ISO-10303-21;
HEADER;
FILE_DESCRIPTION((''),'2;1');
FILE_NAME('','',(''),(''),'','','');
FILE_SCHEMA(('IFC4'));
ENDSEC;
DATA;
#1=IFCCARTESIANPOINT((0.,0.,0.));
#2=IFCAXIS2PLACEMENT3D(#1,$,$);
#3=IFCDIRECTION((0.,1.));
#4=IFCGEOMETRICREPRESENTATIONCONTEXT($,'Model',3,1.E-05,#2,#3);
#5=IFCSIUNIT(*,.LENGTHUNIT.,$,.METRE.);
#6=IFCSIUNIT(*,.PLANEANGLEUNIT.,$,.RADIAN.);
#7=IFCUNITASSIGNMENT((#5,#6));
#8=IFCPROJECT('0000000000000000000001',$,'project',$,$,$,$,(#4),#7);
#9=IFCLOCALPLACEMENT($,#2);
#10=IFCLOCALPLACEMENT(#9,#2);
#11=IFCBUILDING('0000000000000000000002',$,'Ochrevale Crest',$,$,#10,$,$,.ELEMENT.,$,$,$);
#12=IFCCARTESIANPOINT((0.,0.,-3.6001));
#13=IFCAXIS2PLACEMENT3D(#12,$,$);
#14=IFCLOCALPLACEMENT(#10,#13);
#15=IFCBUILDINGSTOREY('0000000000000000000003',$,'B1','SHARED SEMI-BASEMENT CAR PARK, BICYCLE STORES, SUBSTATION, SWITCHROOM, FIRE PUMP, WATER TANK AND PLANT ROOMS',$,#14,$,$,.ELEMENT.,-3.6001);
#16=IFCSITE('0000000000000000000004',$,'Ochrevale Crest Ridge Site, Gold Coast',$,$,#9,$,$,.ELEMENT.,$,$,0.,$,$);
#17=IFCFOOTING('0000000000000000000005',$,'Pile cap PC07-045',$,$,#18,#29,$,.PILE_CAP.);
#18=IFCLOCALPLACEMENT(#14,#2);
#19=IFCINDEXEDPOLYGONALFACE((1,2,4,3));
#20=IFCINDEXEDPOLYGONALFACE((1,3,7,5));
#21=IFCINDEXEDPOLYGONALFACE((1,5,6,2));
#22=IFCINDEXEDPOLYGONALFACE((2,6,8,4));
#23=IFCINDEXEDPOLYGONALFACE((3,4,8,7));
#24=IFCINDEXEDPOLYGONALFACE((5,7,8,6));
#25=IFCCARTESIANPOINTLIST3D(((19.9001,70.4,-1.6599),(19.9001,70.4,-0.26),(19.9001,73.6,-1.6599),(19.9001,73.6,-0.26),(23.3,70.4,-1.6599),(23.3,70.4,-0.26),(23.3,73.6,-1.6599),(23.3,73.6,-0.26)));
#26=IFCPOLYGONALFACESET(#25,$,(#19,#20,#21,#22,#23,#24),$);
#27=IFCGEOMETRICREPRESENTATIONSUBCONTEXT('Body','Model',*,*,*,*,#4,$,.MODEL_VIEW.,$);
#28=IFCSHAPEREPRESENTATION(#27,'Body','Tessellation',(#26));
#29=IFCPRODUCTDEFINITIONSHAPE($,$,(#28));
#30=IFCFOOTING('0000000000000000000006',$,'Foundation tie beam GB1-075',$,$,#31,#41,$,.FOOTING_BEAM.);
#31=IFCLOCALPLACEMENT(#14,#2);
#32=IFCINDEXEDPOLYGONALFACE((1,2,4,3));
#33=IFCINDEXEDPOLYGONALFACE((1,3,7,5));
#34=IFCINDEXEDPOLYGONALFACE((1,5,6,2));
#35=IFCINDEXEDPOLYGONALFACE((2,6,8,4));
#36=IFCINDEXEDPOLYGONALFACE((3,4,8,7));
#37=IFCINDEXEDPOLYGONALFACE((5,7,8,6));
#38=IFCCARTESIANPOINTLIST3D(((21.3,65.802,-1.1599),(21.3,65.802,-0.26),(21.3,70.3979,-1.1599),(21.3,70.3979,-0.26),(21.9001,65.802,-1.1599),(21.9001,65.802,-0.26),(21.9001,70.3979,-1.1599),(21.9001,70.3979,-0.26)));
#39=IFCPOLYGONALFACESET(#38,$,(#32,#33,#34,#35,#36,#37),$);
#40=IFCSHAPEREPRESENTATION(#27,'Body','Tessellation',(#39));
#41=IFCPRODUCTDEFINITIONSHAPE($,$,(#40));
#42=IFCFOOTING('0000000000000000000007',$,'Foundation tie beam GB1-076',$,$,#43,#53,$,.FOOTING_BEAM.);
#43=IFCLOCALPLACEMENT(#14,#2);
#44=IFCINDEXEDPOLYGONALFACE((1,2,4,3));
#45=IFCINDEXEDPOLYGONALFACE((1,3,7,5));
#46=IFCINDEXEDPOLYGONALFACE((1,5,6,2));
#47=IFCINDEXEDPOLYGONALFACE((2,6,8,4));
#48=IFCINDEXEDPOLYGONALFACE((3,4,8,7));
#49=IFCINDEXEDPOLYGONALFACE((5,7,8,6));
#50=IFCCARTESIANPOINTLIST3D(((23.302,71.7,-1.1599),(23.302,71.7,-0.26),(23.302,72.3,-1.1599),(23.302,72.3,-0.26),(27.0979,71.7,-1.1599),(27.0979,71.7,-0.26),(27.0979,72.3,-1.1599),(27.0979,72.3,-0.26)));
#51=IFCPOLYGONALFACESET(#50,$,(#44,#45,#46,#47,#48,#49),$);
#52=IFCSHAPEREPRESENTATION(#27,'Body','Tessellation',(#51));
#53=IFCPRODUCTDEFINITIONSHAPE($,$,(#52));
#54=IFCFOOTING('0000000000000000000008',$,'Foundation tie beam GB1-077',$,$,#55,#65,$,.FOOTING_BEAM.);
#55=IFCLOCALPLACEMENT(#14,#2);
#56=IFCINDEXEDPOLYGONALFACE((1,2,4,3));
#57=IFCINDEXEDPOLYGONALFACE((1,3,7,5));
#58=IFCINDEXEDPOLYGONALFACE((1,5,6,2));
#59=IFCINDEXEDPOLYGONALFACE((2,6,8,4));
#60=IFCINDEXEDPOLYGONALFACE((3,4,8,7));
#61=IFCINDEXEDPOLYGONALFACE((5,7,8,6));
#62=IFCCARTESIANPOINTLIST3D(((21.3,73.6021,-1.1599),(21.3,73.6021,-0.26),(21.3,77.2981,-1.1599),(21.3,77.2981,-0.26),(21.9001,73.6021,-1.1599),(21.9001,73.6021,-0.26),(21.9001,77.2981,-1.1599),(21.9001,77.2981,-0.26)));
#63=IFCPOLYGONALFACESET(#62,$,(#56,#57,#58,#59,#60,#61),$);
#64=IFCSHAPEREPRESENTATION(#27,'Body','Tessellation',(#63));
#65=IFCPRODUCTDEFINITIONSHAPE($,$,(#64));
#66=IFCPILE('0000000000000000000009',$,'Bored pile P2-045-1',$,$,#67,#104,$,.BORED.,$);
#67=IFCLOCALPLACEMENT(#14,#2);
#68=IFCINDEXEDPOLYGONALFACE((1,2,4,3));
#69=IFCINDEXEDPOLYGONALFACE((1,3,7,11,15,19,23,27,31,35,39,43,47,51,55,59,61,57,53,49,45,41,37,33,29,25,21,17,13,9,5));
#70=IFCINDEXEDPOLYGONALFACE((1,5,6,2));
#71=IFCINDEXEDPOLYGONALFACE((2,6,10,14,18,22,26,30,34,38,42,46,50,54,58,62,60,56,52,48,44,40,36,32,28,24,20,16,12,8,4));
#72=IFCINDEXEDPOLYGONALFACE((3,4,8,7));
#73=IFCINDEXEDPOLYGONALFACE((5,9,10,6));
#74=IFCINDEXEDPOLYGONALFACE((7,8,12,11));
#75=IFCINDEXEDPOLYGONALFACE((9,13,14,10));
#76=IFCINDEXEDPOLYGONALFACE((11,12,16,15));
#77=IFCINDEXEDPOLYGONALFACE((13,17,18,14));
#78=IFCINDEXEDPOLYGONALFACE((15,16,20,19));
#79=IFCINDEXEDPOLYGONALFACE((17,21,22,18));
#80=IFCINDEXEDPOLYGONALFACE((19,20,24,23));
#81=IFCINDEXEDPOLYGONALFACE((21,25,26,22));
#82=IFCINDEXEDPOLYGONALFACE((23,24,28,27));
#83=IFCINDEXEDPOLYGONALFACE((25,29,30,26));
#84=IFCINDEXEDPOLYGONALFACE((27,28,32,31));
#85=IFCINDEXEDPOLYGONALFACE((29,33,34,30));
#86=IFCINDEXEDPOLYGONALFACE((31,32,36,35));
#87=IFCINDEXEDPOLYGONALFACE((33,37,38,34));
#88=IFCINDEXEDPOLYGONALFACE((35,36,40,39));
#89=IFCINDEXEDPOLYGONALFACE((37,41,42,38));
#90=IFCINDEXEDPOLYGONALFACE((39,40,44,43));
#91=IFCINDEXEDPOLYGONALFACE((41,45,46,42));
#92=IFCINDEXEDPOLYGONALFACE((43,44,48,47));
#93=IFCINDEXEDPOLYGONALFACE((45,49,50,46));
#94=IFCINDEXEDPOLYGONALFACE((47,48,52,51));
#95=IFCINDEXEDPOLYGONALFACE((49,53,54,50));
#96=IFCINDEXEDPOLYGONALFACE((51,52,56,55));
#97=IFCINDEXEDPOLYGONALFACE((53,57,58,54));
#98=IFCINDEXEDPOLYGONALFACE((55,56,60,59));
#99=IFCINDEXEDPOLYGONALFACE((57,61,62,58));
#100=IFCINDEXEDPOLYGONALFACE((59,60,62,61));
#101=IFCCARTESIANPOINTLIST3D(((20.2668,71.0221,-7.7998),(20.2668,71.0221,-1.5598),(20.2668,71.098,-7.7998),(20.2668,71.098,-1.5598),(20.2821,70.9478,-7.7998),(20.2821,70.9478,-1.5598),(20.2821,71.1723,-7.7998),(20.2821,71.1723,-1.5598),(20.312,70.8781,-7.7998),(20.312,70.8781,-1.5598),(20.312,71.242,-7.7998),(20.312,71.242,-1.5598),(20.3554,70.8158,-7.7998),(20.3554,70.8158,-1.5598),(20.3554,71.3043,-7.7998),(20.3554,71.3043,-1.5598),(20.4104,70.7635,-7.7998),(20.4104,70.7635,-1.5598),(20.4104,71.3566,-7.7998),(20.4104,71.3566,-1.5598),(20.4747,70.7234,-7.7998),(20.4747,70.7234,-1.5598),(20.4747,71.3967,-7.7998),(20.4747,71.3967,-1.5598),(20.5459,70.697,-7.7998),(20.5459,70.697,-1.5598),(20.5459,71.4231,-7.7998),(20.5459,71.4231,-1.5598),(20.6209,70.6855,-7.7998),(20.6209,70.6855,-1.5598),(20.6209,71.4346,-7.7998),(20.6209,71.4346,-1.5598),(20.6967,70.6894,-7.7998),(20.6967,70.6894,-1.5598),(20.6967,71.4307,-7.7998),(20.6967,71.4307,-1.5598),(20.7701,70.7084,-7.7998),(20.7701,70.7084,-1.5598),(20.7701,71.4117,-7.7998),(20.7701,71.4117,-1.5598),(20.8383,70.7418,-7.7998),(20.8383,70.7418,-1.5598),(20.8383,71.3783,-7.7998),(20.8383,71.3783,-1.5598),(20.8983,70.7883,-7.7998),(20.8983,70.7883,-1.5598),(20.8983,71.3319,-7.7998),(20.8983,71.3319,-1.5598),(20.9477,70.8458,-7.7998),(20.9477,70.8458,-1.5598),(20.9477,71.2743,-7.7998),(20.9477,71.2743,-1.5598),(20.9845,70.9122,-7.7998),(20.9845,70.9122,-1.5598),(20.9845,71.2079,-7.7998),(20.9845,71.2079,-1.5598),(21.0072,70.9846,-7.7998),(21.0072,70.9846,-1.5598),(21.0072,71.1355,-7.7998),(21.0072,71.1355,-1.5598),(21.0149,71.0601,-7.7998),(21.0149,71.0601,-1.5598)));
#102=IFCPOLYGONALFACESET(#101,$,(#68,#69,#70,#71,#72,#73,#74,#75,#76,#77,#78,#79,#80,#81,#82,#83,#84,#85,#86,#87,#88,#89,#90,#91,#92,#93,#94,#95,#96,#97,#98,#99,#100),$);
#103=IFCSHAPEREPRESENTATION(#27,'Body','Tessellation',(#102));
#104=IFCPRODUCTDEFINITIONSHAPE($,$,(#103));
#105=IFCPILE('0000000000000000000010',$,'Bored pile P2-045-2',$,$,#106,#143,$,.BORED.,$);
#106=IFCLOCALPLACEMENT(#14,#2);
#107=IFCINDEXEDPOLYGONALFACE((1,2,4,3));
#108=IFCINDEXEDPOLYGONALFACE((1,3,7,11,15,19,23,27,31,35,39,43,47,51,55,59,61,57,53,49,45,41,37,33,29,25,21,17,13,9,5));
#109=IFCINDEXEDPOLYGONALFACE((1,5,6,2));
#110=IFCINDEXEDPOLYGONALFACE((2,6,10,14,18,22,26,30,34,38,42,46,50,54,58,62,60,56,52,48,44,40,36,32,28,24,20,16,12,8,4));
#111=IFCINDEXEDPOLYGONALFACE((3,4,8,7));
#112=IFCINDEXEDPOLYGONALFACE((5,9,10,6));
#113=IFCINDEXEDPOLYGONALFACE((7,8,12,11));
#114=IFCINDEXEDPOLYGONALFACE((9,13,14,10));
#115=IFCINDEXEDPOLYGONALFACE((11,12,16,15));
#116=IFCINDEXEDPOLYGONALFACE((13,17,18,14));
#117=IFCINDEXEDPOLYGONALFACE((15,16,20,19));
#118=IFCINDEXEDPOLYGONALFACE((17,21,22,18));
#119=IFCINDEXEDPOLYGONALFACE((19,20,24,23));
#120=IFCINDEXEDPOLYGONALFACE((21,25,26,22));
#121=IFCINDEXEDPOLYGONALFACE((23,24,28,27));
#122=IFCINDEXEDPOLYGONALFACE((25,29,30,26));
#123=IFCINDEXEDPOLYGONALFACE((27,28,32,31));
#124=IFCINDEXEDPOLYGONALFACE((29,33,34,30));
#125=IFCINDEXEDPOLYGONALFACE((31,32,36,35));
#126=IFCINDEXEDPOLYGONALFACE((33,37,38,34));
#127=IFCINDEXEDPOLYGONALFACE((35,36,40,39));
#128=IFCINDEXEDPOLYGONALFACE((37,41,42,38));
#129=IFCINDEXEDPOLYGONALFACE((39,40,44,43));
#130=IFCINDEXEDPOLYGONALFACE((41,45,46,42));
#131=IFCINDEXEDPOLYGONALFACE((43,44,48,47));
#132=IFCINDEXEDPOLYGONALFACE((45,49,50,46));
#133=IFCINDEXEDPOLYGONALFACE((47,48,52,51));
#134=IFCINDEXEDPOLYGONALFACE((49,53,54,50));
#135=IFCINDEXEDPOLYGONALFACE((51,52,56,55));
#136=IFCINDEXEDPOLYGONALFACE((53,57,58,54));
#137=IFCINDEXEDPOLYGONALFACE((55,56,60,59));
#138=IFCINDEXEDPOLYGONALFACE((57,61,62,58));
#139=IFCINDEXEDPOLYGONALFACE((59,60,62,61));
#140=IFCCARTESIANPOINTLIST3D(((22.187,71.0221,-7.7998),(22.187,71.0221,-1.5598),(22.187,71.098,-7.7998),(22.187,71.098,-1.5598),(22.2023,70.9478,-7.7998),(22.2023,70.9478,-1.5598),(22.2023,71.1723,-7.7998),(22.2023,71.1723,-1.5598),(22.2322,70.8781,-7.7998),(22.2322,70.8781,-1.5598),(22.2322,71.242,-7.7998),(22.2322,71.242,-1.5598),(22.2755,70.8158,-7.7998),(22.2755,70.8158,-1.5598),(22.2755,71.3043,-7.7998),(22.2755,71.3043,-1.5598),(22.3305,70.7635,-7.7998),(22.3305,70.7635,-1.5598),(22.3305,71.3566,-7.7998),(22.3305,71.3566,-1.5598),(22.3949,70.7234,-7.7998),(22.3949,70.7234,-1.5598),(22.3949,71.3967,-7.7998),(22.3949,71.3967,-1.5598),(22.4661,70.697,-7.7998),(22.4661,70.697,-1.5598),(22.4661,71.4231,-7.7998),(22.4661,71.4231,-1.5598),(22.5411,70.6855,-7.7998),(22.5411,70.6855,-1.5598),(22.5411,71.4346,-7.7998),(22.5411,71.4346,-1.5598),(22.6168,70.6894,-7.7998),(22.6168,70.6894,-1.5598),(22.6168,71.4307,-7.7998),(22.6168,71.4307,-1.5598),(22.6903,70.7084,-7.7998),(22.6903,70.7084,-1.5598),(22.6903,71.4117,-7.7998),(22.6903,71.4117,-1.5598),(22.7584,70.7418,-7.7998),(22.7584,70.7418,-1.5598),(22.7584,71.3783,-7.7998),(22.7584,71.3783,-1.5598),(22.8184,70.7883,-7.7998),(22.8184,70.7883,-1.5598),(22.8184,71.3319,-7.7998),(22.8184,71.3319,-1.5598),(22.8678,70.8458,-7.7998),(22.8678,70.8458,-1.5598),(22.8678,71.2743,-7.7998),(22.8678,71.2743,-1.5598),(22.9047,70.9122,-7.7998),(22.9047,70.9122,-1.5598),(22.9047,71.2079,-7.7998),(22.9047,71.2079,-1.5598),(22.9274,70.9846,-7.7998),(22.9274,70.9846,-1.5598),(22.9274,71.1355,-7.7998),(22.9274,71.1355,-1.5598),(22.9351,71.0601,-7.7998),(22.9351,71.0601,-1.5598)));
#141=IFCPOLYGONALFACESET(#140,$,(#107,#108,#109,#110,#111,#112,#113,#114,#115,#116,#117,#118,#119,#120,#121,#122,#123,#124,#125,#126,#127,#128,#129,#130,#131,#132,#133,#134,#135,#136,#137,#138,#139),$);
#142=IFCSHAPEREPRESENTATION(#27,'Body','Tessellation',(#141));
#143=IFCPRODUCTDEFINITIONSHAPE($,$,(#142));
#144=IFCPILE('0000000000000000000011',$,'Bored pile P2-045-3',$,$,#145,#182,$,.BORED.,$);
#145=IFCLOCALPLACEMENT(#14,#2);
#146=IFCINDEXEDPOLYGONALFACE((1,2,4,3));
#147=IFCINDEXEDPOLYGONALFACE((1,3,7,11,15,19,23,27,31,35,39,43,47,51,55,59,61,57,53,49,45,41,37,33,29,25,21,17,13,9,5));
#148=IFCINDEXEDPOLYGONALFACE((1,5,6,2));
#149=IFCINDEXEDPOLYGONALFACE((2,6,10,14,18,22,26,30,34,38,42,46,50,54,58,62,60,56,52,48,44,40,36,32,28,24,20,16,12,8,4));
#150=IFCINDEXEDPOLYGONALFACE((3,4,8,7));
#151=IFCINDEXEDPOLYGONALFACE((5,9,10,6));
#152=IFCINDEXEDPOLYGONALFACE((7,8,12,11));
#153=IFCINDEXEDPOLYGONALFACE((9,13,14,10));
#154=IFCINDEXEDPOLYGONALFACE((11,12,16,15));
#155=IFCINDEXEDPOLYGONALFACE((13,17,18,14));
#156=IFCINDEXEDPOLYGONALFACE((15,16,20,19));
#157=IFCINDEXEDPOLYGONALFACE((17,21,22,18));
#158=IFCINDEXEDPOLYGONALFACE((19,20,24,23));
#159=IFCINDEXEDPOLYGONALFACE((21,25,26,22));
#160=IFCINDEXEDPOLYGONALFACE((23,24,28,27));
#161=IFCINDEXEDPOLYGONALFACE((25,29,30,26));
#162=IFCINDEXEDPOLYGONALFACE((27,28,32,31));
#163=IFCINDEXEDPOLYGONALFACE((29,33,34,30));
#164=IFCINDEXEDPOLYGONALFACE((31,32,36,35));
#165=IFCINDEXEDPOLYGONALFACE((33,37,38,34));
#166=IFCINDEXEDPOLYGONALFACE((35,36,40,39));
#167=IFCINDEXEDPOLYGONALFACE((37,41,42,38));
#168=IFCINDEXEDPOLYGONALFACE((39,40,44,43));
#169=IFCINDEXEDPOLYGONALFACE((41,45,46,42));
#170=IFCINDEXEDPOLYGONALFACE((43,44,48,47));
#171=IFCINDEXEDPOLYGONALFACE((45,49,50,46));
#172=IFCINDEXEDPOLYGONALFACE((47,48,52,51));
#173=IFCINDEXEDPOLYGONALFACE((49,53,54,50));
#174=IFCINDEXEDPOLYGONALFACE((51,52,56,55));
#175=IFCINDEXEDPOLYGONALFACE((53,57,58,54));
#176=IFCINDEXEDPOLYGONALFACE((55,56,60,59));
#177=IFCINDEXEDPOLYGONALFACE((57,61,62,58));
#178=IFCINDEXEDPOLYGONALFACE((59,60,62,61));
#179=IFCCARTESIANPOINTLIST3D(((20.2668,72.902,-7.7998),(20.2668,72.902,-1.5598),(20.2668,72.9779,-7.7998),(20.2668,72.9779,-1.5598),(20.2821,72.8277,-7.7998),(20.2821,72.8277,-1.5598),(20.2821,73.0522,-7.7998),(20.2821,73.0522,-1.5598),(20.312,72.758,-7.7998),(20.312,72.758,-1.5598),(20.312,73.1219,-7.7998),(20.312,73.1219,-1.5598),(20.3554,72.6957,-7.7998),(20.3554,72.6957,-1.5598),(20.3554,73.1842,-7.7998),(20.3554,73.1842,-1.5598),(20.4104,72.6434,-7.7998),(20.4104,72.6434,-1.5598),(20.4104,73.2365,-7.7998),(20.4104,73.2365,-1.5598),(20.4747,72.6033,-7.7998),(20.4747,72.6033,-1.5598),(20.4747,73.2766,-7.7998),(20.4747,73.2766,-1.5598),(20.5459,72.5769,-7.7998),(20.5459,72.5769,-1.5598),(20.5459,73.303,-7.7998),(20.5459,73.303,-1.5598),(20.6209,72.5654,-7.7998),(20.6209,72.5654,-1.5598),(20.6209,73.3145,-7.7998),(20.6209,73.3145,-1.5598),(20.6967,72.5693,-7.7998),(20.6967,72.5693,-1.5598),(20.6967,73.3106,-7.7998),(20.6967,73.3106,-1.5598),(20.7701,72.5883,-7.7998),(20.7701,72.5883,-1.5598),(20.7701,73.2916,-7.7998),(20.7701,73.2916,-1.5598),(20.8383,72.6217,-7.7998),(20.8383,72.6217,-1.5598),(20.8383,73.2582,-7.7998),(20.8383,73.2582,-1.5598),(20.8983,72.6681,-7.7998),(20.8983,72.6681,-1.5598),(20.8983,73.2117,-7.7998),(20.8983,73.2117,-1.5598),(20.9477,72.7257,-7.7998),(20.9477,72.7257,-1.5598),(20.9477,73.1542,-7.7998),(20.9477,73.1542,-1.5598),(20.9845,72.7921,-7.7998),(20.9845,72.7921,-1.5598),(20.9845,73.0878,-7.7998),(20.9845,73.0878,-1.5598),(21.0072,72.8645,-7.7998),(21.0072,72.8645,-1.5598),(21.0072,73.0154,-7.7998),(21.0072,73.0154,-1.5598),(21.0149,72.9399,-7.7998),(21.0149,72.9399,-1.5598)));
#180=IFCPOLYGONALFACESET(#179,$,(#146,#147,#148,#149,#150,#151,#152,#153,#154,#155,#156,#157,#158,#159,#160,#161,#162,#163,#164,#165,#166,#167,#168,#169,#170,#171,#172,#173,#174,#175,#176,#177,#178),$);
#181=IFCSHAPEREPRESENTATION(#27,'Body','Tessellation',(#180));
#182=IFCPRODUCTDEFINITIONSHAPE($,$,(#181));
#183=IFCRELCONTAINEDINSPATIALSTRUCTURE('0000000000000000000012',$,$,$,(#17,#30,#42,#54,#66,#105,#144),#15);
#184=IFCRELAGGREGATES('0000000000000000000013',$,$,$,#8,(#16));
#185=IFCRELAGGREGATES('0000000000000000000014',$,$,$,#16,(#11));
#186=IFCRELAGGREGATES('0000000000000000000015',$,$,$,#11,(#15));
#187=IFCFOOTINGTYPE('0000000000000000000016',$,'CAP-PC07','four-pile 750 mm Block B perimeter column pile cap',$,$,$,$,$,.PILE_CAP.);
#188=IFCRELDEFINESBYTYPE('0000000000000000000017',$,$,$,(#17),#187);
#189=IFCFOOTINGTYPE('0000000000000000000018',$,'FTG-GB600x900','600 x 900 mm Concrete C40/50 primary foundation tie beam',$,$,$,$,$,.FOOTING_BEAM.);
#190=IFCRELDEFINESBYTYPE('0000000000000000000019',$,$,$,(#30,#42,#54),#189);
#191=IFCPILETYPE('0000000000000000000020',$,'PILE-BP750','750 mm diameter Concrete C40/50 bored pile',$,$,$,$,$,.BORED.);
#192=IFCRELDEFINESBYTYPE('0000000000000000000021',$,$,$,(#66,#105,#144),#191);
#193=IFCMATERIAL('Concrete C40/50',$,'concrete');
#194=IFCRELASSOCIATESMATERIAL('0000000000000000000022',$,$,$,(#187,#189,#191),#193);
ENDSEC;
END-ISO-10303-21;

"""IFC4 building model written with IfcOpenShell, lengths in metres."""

from ifc_helpers import new_model, si_unit, direction, frame, origin, origin_2d, place, context, subcontext, project, spatial, rectangle, circle, extrude, material, material_profile, profile_set, type_object, element, save


model = new_model("IFC4")

# Units and contexts
model_context = context("Model", 3, precision=1e-05, world=origin(), true_north=direction((0.0, 1.0)))
body_context = subcontext(model_context, "Body", "Model", "MODEL_VIEW")
ifc_project = project(units=[si_unit("LENGTHUNIT", "METRE"), si_unit("PLANEANGLEUNIT", "RADIAN")], contexts=[model_context])

# Site, building, storey
site_placement = place(None, origin())
site = spatial("IfcSite", under=ifc_project, at=site_placement, Name="Ochrevale Crest Ridge Site, Gold Coast", CompositionType="ELEMENT", RefElevation=0.0)
building_placement = place(site_placement, origin())
building = spatial("IfcBuilding", under=site, at=building_placement, Name="Ochrevale Crest", CompositionType="ELEMENT")
storey_placement = place(building_placement, frame((0.0, 0.0, -3.6001)))
storey = spatial("IfcBuildingStorey", under=building, at=storey_placement, Name="B1", Description="SHARED SEMI-BASEMENT CAR PARK, BICYCLE STORES, SUBSTATION, SWITCHROOM, FIRE PUMP, WATER TANK AND PLANT ROOMS", CompositionType="ELEMENT", Elevation=-3.6001)

# Footings
ifc_material_1 = material(Name="Concrete C40/50", Category="concrete")
footing_type_1 = type_object("IfcFootingType", Name="CAP-PC07", Description="four-pile 750 mm Block B perimeter column pile cap", PredefinedType="PILE_CAP", material=ifc_material_1)
footing_1_placement = place(storey_placement, frame((21.6001, 72.0, -1.6599), z_axis=(0.0, 0.0, 1.0), x_axis=(1.0, 0.0, 0.0)))
element("IfcFooting", 1, at=footing_1_placement, inside=storey, type_object=footing_type_1, Name="Pile cap PC07-045", PredefinedType="PILE_CAP", context=body_context, shape_type="SweptSolid", body=[
    extrude(rectangle(XDim=3.3999, YDim=3.2, at=origin_2d()), origin(), (0.0, 0.0, 1.0), 1.3999),
])
ifc_material_profile_1 = material_profile(ifc_material_1, rectangle(XDim=0.6001, YDim=0.8999, at=origin_2d()), Name="GB 600x900")
ifc_profile_set_1 = profile_set([ifc_material_profile_1], Name="Concrete C40/50")
footing_type_2 = type_object("IfcFootingType", Name="FTG-GB600x900", Description="600 x 900 mm Concrete C40/50 primary foundation tie beam", PredefinedType="FOOTING_BEAM", material=ifc_profile_set_1)
footing_2_placement = place(storey_placement, frame((21.6001, 65.802, -0.71), z_axis=(0.0, 1.0, 0.0), x_axis=(-1.0, 0.0, 0.0)))
element("IfcFooting", 2, at=footing_2_placement, inside=storey, type_object=footing_type_2, Name="Foundation tie beam GB1-075", PredefinedType="FOOTING_BEAM", context=body_context, shape_type="SweptSolid", body=[
    extrude(rectangle(XDim=0.6001, YDim=0.8999, at=origin_2d()), origin(), (0.0, 0.0, 1.0), 4.5959),
])
footing_3_placement = place(storey_placement, frame((23.302, 72.0, -0.71), z_axis=(1.0, 0.0, 0.0), x_axis=(0.0, 1.0, 0.0)))
element("IfcFooting", 3, at=footing_3_placement, inside=storey, type_object=footing_type_2, Name="Foundation tie beam GB1-076", PredefinedType="FOOTING_BEAM", context=body_context, shape_type="SweptSolid", body=[
    extrude(rectangle(XDim=0.6001, YDim=0.8999, at=origin_2d()), origin(), (0.0, 0.0, 1.0), 3.7959),
])
footing_4_placement = place(storey_placement, frame((21.6001, 73.6021, -0.71), z_axis=(0.0, 1.0, 0.0), x_axis=(-1.0, 0.0, 0.0)))
element("IfcFooting", 4, at=footing_4_placement, inside=storey, type_object=footing_type_2, Name="Foundation tie beam GB1-077", PredefinedType="FOOTING_BEAM", context=body_context, shape_type="SweptSolid", body=[
    extrude(rectangle(XDim=0.6001, YDim=0.8999, at=origin_2d()), origin(), (0.0, 0.0, 1.0), 3.696),
])

# Piles
ifc_material_profile_2 = material_profile(ifc_material_1, circle(Radius=0.375, at=origin_2d()), Name="BORED PILE 750")
ifc_profile_set_2 = profile_set([ifc_material_profile_2], Name="Concrete C40/50")
pile_type_1 = type_object("IfcPileType", Name="PILE-BP750", Description="750 mm diameter Concrete C40/50 bored pile", PredefinedType="BORED", material=ifc_profile_set_2)
for number, where, z_axis, x_axis, name in (
    (5, (20.6399, 71.0601, -1.5598), (0.0, 0.0, -1.0), (1.0, 0.0, 0.0), "Bored pile P2-045-1"),
    (6, (22.5601, 71.0601, -1.5598), (0.0, 0.0, -1.0), (1.0, 0.0, 0.0), "Bored pile P2-045-2"),
    (7, (20.6399, 72.9399, -1.5598), (0.0, 0.0, -1.0), (1.0, 0.0, 0.0), "Bored pile P2-045-3"),
):
    element("IfcPile", number, at=place(storey_placement, frame(where, z_axis=z_axis, x_axis=x_axis)), inside=storey, type_object=pile_type_1, Name=name, PredefinedType="BORED", context=body_context, shape_type="SweptSolid", body=[
        extrude(circle(Radius=0.375, at=origin_2d()), origin(), (0.0, 0.0, 1.0), 6.24),
    ])

save(model, "model.ifc")
